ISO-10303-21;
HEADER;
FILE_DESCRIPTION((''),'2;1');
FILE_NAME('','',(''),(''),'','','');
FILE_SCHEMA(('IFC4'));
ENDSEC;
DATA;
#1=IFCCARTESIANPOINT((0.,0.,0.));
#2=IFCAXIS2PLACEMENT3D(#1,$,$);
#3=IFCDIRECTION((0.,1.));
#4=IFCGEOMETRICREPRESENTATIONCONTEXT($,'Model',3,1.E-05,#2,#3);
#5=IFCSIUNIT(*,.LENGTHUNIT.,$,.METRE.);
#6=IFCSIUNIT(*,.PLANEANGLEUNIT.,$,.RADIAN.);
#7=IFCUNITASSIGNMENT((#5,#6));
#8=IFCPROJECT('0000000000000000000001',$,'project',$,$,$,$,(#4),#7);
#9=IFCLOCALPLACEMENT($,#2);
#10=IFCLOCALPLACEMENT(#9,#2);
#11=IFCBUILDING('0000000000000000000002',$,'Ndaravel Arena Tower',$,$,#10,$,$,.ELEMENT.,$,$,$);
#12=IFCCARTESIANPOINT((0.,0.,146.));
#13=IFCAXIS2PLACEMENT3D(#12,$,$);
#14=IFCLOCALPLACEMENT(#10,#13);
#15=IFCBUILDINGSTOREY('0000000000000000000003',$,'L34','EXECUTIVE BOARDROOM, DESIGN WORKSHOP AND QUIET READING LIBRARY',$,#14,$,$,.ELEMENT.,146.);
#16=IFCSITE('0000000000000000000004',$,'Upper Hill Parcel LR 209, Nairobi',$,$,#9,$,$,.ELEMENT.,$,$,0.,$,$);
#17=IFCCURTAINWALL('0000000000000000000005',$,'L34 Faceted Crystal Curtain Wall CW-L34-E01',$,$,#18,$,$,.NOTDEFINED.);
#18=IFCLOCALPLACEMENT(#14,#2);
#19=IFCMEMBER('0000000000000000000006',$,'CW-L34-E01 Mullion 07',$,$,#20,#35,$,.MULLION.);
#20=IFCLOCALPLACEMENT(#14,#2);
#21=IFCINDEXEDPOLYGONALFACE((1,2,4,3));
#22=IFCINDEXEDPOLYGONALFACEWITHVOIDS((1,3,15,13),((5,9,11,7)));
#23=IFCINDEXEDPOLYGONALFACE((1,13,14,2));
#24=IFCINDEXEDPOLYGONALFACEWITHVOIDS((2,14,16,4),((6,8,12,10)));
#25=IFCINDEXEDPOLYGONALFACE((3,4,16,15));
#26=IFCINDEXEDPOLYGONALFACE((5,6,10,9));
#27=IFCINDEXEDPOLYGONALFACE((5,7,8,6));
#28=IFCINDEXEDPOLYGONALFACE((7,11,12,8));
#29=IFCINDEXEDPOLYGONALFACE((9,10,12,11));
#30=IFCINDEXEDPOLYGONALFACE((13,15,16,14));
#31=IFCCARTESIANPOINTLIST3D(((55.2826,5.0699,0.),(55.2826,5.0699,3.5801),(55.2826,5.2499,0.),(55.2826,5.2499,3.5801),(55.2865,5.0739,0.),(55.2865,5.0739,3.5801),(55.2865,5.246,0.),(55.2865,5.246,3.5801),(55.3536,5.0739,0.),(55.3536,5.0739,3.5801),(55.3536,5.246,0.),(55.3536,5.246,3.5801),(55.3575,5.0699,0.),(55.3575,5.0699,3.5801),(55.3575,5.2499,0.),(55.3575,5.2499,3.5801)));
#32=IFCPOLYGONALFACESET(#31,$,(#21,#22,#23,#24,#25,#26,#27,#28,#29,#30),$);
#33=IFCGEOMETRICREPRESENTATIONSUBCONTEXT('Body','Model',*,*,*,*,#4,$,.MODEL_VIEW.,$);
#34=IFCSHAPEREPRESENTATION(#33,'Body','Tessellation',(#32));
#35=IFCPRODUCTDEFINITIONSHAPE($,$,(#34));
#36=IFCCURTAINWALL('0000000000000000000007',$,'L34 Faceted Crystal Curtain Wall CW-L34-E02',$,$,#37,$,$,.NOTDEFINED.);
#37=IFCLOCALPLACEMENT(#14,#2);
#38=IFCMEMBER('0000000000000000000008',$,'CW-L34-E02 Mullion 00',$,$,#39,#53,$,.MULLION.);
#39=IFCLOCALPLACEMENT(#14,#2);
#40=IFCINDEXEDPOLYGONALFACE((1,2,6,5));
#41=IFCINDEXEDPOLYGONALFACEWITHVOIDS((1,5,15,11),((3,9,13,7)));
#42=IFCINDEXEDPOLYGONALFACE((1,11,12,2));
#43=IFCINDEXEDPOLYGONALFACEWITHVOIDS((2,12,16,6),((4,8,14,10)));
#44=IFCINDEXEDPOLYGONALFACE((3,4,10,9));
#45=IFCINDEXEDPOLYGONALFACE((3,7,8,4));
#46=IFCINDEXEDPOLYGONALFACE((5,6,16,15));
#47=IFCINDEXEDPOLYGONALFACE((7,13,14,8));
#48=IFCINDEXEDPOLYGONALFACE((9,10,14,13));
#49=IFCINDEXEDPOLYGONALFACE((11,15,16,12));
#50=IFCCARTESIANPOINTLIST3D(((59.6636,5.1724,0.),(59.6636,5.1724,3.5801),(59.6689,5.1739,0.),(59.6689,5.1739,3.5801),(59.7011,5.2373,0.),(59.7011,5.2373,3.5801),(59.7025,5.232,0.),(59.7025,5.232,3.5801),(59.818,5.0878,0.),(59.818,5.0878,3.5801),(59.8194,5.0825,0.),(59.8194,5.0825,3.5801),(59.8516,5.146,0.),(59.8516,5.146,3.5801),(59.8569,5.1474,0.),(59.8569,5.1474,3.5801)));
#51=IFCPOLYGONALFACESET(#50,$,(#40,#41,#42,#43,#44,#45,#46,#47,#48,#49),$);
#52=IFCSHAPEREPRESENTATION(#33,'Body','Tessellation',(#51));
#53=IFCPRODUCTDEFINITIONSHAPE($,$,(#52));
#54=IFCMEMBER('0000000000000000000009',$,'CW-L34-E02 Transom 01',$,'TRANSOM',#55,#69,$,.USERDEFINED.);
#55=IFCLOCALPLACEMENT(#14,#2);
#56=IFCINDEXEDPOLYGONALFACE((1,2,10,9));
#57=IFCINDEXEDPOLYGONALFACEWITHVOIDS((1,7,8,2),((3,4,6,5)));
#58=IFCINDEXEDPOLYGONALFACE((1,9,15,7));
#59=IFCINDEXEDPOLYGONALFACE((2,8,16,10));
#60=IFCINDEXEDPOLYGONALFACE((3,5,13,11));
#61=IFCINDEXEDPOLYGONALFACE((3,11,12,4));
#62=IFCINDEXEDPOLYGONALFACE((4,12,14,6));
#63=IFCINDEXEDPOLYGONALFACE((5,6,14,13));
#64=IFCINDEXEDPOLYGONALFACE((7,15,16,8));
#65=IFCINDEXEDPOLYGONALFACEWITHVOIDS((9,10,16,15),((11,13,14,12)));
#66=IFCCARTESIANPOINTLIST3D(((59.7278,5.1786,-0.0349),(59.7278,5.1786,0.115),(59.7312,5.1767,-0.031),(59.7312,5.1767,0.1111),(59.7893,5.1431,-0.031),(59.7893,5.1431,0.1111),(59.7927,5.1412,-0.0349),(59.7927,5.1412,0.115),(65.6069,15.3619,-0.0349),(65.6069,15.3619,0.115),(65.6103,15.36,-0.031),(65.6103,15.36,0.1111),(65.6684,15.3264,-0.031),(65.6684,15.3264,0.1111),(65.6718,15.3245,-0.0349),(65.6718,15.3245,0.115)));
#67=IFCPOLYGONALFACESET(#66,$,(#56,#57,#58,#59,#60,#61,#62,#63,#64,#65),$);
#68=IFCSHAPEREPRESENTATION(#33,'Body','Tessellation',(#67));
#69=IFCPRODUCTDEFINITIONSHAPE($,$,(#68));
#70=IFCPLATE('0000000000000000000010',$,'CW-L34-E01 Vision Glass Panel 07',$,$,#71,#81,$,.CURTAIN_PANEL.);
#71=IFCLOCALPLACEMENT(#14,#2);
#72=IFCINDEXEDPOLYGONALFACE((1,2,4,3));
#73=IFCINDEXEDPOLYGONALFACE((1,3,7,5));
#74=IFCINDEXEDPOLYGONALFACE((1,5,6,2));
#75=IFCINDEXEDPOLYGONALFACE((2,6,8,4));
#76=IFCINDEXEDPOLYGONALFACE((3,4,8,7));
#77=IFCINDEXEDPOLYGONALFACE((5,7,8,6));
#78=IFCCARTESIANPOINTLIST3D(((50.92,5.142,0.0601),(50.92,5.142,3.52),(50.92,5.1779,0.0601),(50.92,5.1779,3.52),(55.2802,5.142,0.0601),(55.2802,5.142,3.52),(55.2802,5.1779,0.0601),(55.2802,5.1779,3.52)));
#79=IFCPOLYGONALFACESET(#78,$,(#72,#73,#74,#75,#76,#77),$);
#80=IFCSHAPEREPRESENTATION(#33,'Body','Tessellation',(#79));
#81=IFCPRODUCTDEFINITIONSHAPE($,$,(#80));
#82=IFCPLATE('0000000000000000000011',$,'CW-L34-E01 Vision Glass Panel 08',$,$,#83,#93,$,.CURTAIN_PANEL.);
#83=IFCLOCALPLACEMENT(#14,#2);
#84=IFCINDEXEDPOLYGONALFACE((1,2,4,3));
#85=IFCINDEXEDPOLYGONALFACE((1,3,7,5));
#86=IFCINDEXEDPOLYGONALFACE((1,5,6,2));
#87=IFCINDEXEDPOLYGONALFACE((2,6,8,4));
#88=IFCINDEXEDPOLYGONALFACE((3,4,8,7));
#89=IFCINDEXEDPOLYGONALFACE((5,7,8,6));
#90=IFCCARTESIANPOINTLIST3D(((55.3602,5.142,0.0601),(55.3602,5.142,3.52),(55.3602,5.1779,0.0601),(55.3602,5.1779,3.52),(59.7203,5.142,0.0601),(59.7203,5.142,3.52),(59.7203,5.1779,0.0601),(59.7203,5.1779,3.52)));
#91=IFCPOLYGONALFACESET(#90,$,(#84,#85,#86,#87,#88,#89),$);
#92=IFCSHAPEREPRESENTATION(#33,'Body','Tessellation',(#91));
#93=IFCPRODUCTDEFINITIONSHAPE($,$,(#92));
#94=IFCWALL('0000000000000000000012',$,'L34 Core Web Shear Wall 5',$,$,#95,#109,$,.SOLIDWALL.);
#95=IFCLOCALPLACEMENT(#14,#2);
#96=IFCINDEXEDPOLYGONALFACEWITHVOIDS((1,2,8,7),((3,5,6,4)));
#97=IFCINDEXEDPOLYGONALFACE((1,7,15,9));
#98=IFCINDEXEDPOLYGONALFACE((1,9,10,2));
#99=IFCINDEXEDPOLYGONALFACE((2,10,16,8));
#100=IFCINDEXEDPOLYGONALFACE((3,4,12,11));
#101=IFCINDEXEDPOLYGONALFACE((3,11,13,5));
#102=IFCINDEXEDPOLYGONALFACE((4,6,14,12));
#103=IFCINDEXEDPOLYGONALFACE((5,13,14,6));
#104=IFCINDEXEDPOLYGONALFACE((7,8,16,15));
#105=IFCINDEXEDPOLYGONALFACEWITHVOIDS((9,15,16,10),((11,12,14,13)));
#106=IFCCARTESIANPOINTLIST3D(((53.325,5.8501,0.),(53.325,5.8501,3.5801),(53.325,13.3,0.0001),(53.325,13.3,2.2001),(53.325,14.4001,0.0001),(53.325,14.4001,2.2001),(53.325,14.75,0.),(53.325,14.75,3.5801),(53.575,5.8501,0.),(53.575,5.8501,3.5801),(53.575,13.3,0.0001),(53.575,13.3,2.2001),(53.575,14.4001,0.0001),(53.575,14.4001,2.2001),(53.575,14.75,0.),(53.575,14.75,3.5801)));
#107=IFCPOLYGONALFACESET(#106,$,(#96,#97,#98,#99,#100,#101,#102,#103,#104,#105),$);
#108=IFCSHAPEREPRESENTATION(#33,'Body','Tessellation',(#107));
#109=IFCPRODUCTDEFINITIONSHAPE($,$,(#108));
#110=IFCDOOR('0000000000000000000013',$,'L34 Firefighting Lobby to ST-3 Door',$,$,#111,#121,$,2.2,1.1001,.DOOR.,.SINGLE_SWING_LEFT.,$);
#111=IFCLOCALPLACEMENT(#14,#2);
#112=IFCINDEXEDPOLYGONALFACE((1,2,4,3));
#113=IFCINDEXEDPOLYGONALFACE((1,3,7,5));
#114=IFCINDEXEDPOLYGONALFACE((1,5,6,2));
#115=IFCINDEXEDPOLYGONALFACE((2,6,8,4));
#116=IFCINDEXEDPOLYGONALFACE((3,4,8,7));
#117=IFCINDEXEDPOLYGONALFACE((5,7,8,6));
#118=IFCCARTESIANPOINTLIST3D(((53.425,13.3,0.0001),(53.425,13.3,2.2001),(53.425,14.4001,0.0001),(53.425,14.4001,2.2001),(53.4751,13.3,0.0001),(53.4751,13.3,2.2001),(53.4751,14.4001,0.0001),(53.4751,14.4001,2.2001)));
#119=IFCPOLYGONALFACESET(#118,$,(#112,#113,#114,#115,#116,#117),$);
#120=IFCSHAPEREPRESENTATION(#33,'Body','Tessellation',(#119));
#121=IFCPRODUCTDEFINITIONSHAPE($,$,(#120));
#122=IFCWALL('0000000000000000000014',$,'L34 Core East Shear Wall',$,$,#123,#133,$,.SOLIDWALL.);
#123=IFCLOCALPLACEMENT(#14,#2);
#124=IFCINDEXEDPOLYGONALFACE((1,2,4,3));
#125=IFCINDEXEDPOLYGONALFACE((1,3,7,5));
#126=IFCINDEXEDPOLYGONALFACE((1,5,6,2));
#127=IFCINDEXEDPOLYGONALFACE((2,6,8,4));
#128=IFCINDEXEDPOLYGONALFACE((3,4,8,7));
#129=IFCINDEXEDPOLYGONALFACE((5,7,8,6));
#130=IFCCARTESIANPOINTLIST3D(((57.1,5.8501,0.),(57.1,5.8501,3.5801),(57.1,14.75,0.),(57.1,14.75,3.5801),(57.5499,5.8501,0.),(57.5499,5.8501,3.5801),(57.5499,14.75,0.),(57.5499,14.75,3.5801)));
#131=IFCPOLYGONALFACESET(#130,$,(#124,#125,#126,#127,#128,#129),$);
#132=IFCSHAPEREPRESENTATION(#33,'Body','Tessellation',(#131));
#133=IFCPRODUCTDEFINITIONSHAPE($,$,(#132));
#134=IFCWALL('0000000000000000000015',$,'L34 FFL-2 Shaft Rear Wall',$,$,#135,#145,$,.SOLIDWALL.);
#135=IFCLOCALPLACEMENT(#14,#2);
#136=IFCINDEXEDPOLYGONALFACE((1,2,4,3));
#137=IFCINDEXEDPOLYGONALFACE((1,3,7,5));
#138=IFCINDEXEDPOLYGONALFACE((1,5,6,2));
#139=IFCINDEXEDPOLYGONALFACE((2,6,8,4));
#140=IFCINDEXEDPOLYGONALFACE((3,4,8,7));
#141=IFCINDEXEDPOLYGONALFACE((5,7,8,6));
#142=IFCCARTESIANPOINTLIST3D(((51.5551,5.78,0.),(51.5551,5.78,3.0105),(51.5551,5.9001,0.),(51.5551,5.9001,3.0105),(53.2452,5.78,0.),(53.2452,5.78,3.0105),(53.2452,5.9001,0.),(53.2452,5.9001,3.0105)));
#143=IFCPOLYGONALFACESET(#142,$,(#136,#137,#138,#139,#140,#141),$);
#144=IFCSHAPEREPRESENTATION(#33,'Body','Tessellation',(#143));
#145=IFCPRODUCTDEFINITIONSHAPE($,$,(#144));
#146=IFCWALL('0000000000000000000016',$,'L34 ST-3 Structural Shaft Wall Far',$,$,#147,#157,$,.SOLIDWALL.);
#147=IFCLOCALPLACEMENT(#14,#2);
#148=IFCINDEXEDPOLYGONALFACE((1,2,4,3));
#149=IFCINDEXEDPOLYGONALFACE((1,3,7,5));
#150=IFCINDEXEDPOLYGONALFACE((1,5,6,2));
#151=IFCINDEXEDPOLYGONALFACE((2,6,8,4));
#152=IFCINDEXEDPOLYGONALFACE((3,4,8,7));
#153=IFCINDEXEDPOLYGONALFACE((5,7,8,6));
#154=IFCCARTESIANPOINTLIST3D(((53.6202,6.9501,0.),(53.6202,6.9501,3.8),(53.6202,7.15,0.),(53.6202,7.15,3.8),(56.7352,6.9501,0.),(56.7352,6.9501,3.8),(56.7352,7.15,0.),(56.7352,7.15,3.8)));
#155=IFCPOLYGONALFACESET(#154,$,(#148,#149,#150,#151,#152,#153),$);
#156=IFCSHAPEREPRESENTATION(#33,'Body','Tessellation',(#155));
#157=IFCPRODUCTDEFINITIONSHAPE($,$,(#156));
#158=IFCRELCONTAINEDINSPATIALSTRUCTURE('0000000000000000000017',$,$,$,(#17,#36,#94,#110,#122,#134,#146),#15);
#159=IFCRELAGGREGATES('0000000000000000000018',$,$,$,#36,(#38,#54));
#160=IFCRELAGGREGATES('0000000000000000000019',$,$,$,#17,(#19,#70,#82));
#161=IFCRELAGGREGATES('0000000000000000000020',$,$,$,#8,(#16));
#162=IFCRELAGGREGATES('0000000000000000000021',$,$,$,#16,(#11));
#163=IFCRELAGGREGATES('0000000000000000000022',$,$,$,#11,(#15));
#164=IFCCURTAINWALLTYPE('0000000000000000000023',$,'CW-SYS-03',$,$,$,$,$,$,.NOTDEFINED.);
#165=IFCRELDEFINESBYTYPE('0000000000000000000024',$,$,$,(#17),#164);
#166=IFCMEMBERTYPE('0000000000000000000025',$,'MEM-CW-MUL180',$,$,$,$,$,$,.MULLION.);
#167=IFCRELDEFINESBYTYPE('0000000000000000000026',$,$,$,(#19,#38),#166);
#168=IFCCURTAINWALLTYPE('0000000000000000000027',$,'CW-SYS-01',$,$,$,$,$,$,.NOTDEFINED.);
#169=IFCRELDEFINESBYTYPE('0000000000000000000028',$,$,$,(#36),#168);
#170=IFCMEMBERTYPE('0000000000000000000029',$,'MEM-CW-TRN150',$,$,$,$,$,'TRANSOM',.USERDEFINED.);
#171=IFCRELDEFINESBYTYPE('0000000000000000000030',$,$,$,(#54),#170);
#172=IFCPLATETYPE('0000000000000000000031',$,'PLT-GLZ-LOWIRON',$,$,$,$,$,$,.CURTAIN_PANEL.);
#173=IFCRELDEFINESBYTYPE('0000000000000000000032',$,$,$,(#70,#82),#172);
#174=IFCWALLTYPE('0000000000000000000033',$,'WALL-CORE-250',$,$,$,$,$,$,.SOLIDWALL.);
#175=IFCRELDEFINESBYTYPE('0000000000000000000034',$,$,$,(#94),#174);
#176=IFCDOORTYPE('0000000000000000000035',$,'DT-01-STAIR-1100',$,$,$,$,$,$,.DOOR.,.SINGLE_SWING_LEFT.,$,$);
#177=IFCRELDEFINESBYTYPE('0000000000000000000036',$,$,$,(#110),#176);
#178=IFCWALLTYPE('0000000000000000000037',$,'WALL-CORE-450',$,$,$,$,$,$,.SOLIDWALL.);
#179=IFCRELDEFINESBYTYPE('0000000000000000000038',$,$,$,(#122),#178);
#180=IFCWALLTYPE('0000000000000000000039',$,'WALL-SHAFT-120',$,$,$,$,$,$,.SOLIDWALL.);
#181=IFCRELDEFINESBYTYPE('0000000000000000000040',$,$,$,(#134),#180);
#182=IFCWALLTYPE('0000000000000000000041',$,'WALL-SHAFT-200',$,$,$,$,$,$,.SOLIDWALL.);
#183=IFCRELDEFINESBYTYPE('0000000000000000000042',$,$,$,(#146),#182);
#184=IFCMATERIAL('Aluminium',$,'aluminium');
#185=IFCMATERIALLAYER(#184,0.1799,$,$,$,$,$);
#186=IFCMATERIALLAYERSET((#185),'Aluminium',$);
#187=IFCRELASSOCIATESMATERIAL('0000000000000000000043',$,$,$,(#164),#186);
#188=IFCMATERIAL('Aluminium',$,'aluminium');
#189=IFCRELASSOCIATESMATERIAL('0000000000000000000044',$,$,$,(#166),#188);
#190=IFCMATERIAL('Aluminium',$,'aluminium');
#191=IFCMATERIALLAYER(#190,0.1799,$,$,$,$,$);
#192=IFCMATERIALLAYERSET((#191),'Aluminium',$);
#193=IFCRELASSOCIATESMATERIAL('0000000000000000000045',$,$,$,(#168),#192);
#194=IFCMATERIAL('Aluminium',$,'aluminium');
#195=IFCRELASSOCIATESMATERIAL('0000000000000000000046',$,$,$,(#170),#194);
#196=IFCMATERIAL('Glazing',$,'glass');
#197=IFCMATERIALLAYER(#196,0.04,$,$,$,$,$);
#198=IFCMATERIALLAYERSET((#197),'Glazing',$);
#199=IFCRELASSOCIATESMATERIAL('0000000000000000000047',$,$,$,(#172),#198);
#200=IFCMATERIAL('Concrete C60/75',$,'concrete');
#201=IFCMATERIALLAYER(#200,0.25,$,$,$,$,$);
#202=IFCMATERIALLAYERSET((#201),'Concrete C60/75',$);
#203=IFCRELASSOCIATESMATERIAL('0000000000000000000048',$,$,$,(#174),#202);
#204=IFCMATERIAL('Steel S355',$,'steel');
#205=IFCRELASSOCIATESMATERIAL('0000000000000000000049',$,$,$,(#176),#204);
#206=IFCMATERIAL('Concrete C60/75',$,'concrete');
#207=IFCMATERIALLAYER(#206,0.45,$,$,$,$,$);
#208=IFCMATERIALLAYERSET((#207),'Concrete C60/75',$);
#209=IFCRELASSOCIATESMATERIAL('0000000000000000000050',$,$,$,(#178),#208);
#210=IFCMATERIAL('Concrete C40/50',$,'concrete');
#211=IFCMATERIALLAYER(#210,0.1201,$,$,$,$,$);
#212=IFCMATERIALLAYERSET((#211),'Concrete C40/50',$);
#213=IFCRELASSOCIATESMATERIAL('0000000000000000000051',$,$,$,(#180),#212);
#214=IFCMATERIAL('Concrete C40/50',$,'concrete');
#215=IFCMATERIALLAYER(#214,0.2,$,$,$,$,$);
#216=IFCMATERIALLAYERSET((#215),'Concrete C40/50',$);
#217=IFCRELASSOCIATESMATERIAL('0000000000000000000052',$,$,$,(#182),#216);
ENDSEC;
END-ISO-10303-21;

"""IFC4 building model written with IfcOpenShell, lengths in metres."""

from ifc_helpers import new_model, si_unit, direction, frame, frame_2d, origin, origin_2d, place, context, subcontext, project, spatial, rectangle, hollow_rectangle, extrude, material, layer, layer_set, material_profile, profile_set, type_object, element, fill, aggregate, save


model = new_model("IFC4")

# Units and contexts
model_context = context("Model", 3, precision=1e-05, world=origin(), true_north=direction((0.0, 1.0)))
body_context = subcontext(model_context, "Body", "Model", "MODEL_VIEW")
ifc_project = project(units=[si_unit("LENGTHUNIT", "METRE"), si_unit("PLANEANGLEUNIT", "RADIAN")], contexts=[model_context])

# Site, building, storey
site_placement = place(None, origin())
site = spatial("IfcSite", under=ifc_project, at=site_placement, Name="Upper Hill Parcel LR 209, Nairobi", CompositionType="ELEMENT", RefElevation=0.0)
building_placement = place(site_placement, origin())
building = spatial("IfcBuilding", under=site, at=building_placement, Name="Ndaravel Arena Tower", CompositionType="ELEMENT")
storey_placement = place(building_placement, frame((0.0, 0.0, 146.0)))
storey = spatial("IfcBuildingStorey", under=building, at=storey_placement, Name="L34", Description="EXECUTIVE BOARDROOM, DESIGN WORKSHOP AND QUIET READING LIBRARY", CompositionType="ELEMENT", Elevation=146.0)

# Curtain wall, member
ifc_material_1 = material(Name="Aluminium", Category="aluminium")
ifc_layer_1 = layer(ifc_material_1, 0.1799)
ifc_layer_set_1 = layer_set([ifc_layer_1], Name="Aluminium")
curtain_wall_type_1 = type_object("IfcCurtainWallType", Name="CW-SYS-03", PredefinedType="NOTDEFINED", material=ifc_layer_set_1)
curtain_wall_1_placement = place(storey_placement, origin())
curtain_wall_1 = element("IfcCurtainWall", 1, at=curtain_wall_1_placement, inside=storey, type_object=curtain_wall_type_1, Name="L34 Faceted Crystal Curtain Wall CW-L34-E01", PredefinedType="NOTDEFINED")
ifc_material_2 = material(Name="Aluminium", Category="aluminium")
ifc_material_profile_1 = material_profile(ifc_material_2, hollow_rectangle(XDim=0.075, YDim=0.1799, WallThickness=0.0039, at=origin_2d()), Name="CW MULLION 75x180x4")
ifc_profile_set_1 = profile_set([ifc_material_profile_1], Name="Aluminium")
member_type_1 = type_object("IfcMemberType", Name="MEM-CW-MUL180", PredefinedType="MULLION", material=ifc_profile_set_1)
member_1_placement = place(storey_placement, frame((55.3201, 5.1599, 0.0), z_axis=(0.0, 0.0, 1.0), x_axis=(1.0, 0.0, 0.0)))
member_1 = element("IfcMember", 2, at=member_1_placement, type_object=member_type_1, Name="CW-L34-E01 Mullion 07", PredefinedType="MULLION", context=body_context, shape_type="SweptSolid", body=[
    extrude(hollow_rectangle(XDim=0.075, YDim=0.1799, WallThickness=0.0039, at=origin_2d()), origin(), (0.0, 0.0, 1.0), 3.5801),
])

# Curtain wall, members
ifc_material_3 = material(Name="Aluminium", Category="aluminium")
ifc_layer_2 = layer(ifc_material_3, 0.1799)
ifc_layer_set_2 = layer_set([ifc_layer_2], Name="Aluminium")
curtain_wall_type_2 = type_object("IfcCurtainWallType", Name="CW-SYS-01", PredefinedType="NOTDEFINED", material=ifc_layer_set_2)
curtain_wall_2_placement = place(storey_placement, origin())
curtain_wall_2 = element("IfcCurtainWall", 3, at=curtain_wall_2_placement, inside=storey, type_object=curtain_wall_type_2, Name="L34 Faceted Crystal Curtain Wall CW-L34-E02", PredefinedType="NOTDEFINED")
member_2_placement = place(storey_placement, frame((59.7603, 5.1599, 0.0), z_axis=(0.0, 0.0, 1.0), x_axis=(0.5, 0.866025, 0.0)))
member_2 = element("IfcMember", 4, at=member_2_placement, type_object=member_type_1, Name="CW-L34-E02 Mullion 00", PredefinedType="MULLION", context=body_context, shape_type="SweptSolid", body=[
    extrude(hollow_rectangle(XDim=0.075, YDim=0.1799, WallThickness=0.0039, at=origin_2d()), origin(), (0.0, 0.0, 1.0), 3.5801),
])
ifc_material_4 = material(Name="Aluminium", Category="aluminium")
ifc_material_profile_2 = material_profile(ifc_material_4, hollow_rectangle(XDim=0.075, YDim=0.1499, WallThickness=0.0039, at=origin_2d()), Name="CW TRANSOM 75x150x4")
ifc_profile_set_2 = profile_set([ifc_material_profile_2], Name="Aluminium")
member_type_2 = type_object("IfcMemberType", Name="MEM-CW-TRN150", ElementType="TRANSOM", PredefinedType="USERDEFINED", material=ifc_profile_set_2)
member_3_placement = place(storey_placement, frame((59.7603, 5.1599, 0.04), z_axis=(0.499987, 0.866033, 0.0), x_axis=(-0.866033, 0.499987, 0.0)))
member_3 = element("IfcMember", 5, at=member_3_placement, type_object=member_type_2, Name="CW-L34-E02 Transom 01", ObjectType="TRANSOM", PredefinedType="USERDEFINED", context=body_context, shape_type="SweptSolid", body=[
    extrude(hollow_rectangle(XDim=0.075, YDim=0.1499, WallThickness=0.0039, at=origin_2d()), origin(), (0.0, 0.0, 1.0), 11.7585),
])
aggregate(curtain_wall_2, [member_2, member_3])

# Plates
ifc_material_5 = material(Name="Glazing", Category="glass")
ifc_layer_3 = layer(ifc_material_5, 0.04)
ifc_layer_set_3 = layer_set([ifc_layer_3], Name="Glazing")
plate_type = type_object("IfcPlateType", Name="PLT-GLZ-LOWIRON", PredefinedType="CURTAIN_PANEL", material=ifc_layer_set_3)
plate_1_placement = place(storey_placement, frame((53.1001, 5.1599, 0.0601), z_axis=(0.0, 0.0, 1.0), x_axis=(1.0, 0.0, 0.0)))
plate_1 = element("IfcPlate", 6, at=plate_1_placement, type_object=plate_type, Name="CW-L34-E01 Vision Glass Panel 07", PredefinedType="CURTAIN_PANEL", context=body_context, shape_type="SweptSolid", body=[
    extrude(rectangle(XDim=4.3601, YDim=0.0359, at=origin_2d()), origin(), (0.0, 0.0, 1.0), 3.46),
])
plate_2_placement = place(storey_placement, frame((57.5403, 5.1599, 0.0601), z_axis=(0.0, 0.0, 1.0), x_axis=(1.0, 0.0, 0.0)))
plate_2 = element("IfcPlate", 7, at=plate_2_placement, type_object=plate_type, Name="CW-L34-E01 Vision Glass Panel 08", PredefinedType="CURTAIN_PANEL", context=body_context, shape_type="SweptSolid", body=[
    extrude(rectangle(XDim=4.3601, YDim=0.0359, at=origin_2d()), origin(), (0.0, 0.0, 1.0), 3.46),
])
aggregate(curtain_wall_1, [member_1, plate_1, plate_2])

# Wall, opening, door
ifc_material_6 = material(Name="Concrete C60/75", Category="concrete")
ifc_layer_4 = layer(ifc_material_6, 0.25)
ifc_layer_set_4 = layer_set([ifc_layer_4], Name="Concrete C60/75")
wall_type_1 = type_object("IfcWallType", Name="WALL-CORE-250", PredefinedType="SOLIDWALL", material=ifc_layer_set_4)
wall_1_placement = place(storey_placement, frame((53.45, 5.8501, 0.0), z_axis=(0.0, 0.0, 1.0), x_axis=(0.0, 1.0, 0.0)))
wall_1 = element("IfcWall", 8, at=wall_1_placement, inside=storey, type_object=wall_type_1, Name="L34 Core Web Shear Wall 5", PredefinedType="SOLIDWALL", context=body_context, shape_type="SweptSolid", body=[
    extrude(rectangle(XDim=8.8999, YDim=0.25, at=frame_2d((4.45, 0.0))), origin(), (0.0, 0.0, 1.0), 3.5801),
])
opening_1_placement = place(wall_1_placement, frame((7.45, 0.0, 0.0)))
opening_1 = element("IfcOpeningElement", 9, at=opening_1_placement, cuts=wall_1, PredefinedType="OPENING", context=body_context, shape_type="SweptSolid", body=[
    extrude(rectangle(XDim=1.1001, YDim=2.2, at=frame_2d((0.55, 1.1001))), frame((0.0, 0.125, 0.0), z_axis=(0.0, -1.0, 0.0), x_axis=(1.0, 0.0, 0.0)), (0.0, 0.0, 1.0), 0.25),
])
ifc_material_7 = material(Name="Steel S355", Category="steel")
door_type_1 = type_object("IfcDoorType", Name="DT-01-STAIR-1100", OperationType="SINGLE_SWING_LEFT", PredefinedType="DOOR", material=ifc_material_7)
door_1_placement = place(opening_1_placement, origin())
door_1 = element("IfcDoor", 10, at=door_1_placement, inside=storey, type_object=door_type_1, Name="L34 Firefighting Lobby to ST-3 Door", OperationType="SINGLE_SWING_LEFT", OverallHeight=2.2, OverallWidth=1.1001, PredefinedType="DOOR", context=body_context, shape_type="SweptSolid", body=[
    extrude(rectangle(XDim=1.1001, YDim=2.2, at=frame_2d((0.55, 1.1001))), frame((0.0, 0.0249, 0.0), z_axis=(0.0, -1.0, 0.0), x_axis=(1.0, 0.0, 0.0)), (0.0, 0.0, 1.0), 0.05),
])
fill(opening_1, door_1)

# Walls
ifc_material_8 = material(Name="Concrete C60/75", Category="concrete")
ifc_layer_5 = layer(ifc_material_8, 0.45)
ifc_layer_set_5 = layer_set([ifc_layer_5], Name="Concrete C60/75")
wall_type_2 = type_object("IfcWallType", Name="WALL-CORE-450", PredefinedType="SOLIDWALL", material=ifc_layer_set_5)
wall_2_placement = place(storey_placement, frame((57.325, 5.8501, 0.0), z_axis=(0.0, 0.0, 1.0), x_axis=(0.0, 1.0, 0.0)))
element("IfcWall", 11, at=wall_2_placement, inside=storey, type_object=wall_type_2, Name="L34 Core East Shear Wall", PredefinedType="SOLIDWALL", context=body_context, shape_type="SweptSolid", body=[
    extrude(rectangle(XDim=8.8999, YDim=0.45, at=frame_2d((4.45, 0.0))), origin(), (0.0, 0.0, 1.0), 3.5801),
])
ifc_material_9 = material(Name="Concrete C40/50", Category="concrete")
ifc_layer_6 = layer(ifc_material_9, 0.1201)
ifc_layer_set_6 = layer_set([ifc_layer_6], Name="Concrete C40/50")
wall_type_3 = type_object("IfcWallType", Name="WALL-SHAFT-120", PredefinedType="SOLIDWALL", material=ifc_layer_set_6)
wall_3_placement = place(storey_placement, frame((51.5549, 5.8401, 0.0), z_axis=(0.0, 0.0, 1.0), x_axis=(1.0, 0.0, 0.0)))
element("IfcWall", 12, at=wall_3_placement, inside=storey, type_object=wall_type_3, Name="L34 FFL-2 Shaft Rear Wall", PredefinedType="SOLIDWALL", context=body_context, shape_type="SweptSolid", body=[
    extrude(rectangle(XDim=1.6902, YDim=0.1201, at=frame_2d((0.8452, 0.0))), origin(), (0.0, 0.0, 1.0), 3.0105),
])
ifc_material_10 = material(Name="Concrete C40/50", Category="concrete")
ifc_layer_7 = layer(ifc_material_10, 0.2)
ifc_layer_set_7 = layer_set([ifc_layer_7], Name="Concrete C40/50")
wall_type_4 = type_object("IfcWallType", Name="WALL-SHAFT-200", PredefinedType="SOLIDWALL", material=ifc_layer_set_7)
wall_4_placement = place(storey_placement, frame((53.6201, 7.05, 0.0), z_axis=(0.0, 0.0, 1.0), x_axis=(1.0, 0.0, 0.0)))
element("IfcWall", 13, at=wall_4_placement, inside=storey, type_object=wall_type_4, Name="L34 ST-3 Structural Shaft Wall Far", PredefinedType="SOLIDWALL", context=body_context, shape_type="SweptSolid", body=[
    extrude(rectangle(XDim=3.115, YDim=0.2, at=frame_2d((1.5576, 0.0))), origin(), (0.0, 0.0, 1.0), 3.8),
])

save(model, "model.ifc")
